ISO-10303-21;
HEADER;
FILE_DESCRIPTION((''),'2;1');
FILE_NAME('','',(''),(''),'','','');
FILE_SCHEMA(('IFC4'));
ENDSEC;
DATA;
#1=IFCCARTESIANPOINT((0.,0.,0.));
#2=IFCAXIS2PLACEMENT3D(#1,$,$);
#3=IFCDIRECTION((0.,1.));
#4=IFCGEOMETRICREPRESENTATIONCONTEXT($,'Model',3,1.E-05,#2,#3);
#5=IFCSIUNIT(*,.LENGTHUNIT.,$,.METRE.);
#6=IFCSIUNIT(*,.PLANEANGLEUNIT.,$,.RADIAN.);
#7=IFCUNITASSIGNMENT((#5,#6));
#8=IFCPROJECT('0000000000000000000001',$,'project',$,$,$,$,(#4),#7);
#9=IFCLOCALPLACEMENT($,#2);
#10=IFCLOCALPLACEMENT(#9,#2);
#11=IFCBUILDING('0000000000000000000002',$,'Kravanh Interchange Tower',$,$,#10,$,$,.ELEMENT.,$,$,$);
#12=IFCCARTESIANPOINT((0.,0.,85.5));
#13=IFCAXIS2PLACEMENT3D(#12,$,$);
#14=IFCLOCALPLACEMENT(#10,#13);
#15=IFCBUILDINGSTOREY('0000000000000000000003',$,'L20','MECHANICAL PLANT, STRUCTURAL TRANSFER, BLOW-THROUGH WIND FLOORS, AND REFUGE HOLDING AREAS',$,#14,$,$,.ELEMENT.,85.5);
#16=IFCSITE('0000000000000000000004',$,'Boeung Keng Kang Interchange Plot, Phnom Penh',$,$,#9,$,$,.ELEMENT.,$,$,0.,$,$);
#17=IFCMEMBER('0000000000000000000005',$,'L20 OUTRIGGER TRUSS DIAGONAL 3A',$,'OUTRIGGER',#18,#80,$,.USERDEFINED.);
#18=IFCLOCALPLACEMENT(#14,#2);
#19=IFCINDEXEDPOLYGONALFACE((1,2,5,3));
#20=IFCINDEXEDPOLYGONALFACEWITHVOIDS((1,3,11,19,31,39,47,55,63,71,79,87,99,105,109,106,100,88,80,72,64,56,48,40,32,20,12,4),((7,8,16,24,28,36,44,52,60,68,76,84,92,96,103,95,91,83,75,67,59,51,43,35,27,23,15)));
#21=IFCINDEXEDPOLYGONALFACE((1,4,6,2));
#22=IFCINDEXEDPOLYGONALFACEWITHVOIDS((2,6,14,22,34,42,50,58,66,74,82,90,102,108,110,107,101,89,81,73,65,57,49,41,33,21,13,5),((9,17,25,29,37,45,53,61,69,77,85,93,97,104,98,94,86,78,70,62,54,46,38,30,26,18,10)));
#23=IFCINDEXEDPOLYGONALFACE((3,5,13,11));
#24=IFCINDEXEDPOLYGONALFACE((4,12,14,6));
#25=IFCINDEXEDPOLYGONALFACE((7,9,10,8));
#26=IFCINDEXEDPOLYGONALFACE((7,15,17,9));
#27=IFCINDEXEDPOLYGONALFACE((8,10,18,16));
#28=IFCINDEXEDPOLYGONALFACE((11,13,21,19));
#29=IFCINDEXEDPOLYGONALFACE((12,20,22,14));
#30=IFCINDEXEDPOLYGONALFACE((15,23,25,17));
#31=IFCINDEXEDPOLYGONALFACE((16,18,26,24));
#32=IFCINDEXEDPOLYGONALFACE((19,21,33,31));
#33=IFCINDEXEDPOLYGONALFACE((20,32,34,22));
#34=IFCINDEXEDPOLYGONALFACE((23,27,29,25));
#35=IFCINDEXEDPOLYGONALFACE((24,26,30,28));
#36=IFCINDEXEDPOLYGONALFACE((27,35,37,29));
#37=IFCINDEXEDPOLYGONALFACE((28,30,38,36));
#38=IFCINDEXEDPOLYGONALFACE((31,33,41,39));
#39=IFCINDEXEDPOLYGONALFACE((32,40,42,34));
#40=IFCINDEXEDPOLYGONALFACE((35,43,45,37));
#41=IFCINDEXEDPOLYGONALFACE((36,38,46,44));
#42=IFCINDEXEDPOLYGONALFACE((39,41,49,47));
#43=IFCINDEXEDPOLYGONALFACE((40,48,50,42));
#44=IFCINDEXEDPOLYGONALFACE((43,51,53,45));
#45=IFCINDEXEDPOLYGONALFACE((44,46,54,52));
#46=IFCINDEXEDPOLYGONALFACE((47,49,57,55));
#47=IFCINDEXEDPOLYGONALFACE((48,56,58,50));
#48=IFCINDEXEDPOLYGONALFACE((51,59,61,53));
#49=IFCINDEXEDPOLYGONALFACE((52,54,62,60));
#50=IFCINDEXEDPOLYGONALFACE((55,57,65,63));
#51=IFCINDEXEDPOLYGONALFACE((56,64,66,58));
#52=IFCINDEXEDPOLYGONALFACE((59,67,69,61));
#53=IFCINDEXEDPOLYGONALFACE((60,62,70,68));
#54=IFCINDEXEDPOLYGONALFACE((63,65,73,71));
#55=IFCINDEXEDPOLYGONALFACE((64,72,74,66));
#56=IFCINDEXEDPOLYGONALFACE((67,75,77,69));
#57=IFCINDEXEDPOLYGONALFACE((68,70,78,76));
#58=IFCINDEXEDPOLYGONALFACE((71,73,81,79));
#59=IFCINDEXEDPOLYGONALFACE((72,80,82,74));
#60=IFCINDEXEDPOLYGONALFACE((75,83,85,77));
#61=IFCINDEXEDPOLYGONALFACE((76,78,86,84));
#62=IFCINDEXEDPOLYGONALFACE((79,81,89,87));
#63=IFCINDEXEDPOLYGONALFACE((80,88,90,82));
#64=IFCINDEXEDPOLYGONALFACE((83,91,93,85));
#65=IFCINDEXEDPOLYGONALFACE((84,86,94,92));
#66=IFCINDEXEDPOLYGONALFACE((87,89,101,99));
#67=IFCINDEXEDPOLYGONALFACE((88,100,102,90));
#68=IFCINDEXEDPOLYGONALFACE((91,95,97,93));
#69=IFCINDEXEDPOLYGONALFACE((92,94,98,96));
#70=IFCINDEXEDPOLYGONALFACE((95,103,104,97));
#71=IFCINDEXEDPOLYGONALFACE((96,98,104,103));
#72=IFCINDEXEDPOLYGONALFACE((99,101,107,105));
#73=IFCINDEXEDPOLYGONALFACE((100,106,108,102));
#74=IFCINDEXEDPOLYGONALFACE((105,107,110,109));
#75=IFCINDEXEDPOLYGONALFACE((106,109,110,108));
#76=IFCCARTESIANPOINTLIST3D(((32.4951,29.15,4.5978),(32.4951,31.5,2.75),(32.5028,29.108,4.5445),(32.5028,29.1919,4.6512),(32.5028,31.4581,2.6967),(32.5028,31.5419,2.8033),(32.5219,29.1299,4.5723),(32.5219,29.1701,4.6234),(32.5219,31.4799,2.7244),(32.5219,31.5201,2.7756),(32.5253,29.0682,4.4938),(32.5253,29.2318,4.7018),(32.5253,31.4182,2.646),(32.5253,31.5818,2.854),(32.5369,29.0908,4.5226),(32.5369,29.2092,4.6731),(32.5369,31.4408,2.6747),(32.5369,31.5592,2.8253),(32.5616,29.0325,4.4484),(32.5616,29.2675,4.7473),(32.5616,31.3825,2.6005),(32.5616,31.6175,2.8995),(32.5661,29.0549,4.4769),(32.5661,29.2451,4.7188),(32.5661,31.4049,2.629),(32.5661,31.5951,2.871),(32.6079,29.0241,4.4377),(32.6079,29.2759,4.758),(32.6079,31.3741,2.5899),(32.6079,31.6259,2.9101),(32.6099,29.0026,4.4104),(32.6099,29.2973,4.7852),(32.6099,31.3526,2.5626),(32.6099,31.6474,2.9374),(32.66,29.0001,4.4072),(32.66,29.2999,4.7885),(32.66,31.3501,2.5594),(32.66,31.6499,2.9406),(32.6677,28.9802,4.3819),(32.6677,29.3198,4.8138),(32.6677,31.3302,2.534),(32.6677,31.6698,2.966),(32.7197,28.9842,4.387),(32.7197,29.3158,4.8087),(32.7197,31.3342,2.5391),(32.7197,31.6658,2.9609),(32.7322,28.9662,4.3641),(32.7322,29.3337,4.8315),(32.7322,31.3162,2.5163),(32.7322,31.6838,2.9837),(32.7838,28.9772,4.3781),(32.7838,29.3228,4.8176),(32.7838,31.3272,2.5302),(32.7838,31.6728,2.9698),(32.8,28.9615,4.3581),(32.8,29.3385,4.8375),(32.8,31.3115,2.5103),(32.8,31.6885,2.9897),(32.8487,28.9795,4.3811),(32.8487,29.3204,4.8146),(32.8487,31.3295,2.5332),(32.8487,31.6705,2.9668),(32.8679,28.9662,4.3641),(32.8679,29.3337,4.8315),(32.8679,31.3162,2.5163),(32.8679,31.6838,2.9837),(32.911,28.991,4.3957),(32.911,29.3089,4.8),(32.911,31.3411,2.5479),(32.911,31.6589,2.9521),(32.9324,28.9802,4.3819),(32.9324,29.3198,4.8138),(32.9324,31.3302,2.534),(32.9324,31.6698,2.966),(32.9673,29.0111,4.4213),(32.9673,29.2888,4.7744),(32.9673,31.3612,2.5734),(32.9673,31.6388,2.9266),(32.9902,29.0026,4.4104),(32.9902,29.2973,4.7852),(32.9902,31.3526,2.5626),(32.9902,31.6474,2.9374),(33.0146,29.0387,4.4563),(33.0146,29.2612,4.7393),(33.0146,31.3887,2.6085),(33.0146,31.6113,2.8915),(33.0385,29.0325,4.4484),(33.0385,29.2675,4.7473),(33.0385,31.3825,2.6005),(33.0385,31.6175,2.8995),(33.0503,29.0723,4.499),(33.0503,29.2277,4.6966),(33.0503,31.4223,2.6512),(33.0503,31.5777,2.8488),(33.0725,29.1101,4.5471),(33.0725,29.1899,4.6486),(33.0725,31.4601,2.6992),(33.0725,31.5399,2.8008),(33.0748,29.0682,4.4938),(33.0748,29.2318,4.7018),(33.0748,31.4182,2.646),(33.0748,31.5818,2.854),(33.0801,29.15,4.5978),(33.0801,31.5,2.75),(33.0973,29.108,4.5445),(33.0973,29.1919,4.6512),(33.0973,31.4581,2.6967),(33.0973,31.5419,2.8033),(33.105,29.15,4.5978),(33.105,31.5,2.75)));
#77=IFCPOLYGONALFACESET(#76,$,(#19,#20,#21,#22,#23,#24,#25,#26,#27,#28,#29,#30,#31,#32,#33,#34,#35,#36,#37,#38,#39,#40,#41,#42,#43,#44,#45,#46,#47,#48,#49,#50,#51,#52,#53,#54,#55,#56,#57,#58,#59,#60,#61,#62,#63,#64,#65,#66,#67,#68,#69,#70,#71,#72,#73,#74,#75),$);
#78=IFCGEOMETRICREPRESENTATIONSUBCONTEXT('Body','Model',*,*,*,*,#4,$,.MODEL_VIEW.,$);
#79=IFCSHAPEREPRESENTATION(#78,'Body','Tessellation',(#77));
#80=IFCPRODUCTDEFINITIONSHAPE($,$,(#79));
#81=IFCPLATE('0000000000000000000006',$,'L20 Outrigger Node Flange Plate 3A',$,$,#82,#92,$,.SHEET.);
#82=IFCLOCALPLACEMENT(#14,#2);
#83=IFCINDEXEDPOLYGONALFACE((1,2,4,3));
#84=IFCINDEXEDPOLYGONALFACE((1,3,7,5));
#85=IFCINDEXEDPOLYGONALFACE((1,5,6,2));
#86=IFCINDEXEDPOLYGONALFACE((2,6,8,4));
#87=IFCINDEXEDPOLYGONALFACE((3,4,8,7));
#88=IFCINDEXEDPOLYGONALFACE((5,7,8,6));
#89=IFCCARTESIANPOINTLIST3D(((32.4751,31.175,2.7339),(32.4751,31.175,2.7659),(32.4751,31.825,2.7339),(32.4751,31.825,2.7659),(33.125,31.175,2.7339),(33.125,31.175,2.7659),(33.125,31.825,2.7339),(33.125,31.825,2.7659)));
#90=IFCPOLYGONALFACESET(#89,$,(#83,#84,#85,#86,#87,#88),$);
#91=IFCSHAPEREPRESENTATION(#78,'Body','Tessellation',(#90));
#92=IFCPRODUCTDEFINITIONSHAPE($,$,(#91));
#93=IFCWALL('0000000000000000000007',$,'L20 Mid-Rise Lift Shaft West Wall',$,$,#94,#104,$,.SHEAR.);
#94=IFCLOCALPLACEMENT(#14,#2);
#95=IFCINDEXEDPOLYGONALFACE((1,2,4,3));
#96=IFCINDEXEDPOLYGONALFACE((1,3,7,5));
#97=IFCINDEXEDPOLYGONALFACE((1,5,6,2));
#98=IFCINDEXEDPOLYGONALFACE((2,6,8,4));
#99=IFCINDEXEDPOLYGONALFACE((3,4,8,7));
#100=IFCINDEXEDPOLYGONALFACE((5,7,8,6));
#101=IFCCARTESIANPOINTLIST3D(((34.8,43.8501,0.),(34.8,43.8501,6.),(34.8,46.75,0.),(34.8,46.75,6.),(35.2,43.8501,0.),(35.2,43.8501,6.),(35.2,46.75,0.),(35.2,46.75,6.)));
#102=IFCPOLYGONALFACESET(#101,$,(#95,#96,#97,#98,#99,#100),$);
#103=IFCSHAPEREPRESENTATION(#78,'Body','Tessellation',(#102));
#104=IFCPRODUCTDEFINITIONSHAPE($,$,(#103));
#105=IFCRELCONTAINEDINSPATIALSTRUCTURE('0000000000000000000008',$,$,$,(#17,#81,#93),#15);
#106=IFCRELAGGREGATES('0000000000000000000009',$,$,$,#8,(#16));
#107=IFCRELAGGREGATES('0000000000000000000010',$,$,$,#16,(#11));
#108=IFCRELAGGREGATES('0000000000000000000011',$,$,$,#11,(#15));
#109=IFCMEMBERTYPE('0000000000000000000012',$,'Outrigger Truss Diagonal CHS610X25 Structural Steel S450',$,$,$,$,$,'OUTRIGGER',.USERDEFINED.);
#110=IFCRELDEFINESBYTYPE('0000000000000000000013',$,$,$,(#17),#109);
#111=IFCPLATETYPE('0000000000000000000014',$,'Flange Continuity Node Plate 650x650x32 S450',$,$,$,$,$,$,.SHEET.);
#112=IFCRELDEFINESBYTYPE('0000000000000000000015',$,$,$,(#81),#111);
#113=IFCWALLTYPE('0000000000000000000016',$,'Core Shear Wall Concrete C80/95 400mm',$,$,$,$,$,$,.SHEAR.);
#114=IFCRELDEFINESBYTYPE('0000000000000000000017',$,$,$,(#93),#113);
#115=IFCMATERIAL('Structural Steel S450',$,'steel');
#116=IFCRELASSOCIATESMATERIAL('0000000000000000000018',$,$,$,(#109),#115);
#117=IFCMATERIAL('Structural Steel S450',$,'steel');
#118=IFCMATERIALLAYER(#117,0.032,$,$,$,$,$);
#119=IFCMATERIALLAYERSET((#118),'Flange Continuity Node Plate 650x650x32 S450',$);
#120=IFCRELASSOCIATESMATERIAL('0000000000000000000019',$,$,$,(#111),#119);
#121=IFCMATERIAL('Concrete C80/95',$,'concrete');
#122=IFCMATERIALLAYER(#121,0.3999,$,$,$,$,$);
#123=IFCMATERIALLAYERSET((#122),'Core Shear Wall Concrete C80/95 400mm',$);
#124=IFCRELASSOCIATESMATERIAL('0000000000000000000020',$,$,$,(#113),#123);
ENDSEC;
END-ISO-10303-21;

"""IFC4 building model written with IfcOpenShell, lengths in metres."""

from ifc_helpers import new_model, si_unit, direction, frame, frame_2d, origin, origin_2d, place, context, subcontext, project, spatial, rectangle, hollow_circle, extrude, material, layer, layer_set, material_profile, profile_set, type_object, element, save


model = new_model("IFC4")

# Units and contexts
model_context = context("Model", 3, precision=1e-05, world=origin(), true_north=direction((0.0, 1.0)))
body_context = subcontext(model_context, "Body", "Model", "MODEL_VIEW")
ifc_project = project(units=[si_unit("LENGTHUNIT", "METRE"), si_unit("PLANEANGLEUNIT", "RADIAN")], contexts=[model_context])

# Site, building, storey
site_placement = place(None, origin())
site = spatial("IfcSite", under=ifc_project, at=site_placement, Name="Boeung Keng Kang Interchange Plot, Phnom Penh", CompositionType="ELEMENT", RefElevation=0.0)
building_placement = place(site_placement, origin())
building = spatial("IfcBuilding", under=site, at=building_placement, Name="Kravanh Interchange Tower", CompositionType="ELEMENT")
storey_placement = place(building_placement, frame((0.0, 0.0, 85.5)))
storey = spatial("IfcBuildingStorey", under=building, at=storey_placement, Name="L20", Description="MECHANICAL PLANT, STRUCTURAL TRANSFER, BLOW-THROUGH WIND FLOORS, AND REFUGE HOLDING AREAS", CompositionType="ELEMENT", Elevation=85.5)

# Member
ifc_material_1 = material(Name="Structural Steel S450", Category="steel")
ifc_material_profile_1 = material_profile(ifc_material_1, hollow_circle(Radius=0.3049, WallThickness=0.0249, at=origin_2d()), Name="CHS610X25")
ifc_profile_set_1 = profile_set([ifc_material_profile_1], Name="Structural Steel S450")
member_type_1 = type_object("IfcMemberType", Name="Outrigger Truss Diagonal CHS610X25 Structural Steel S450", ElementType="OUTRIGGER", PredefinedType="USERDEFINED", material=ifc_profile_set_1)
member_1_placement = place(storey_placement, frame((32.8, 31.5, 2.75), z_axis=(0.0, -0.786092, 0.61811), x_axis=(1.0, 0.0, 0.0)))
element("IfcMember", 1, at=member_1_placement, inside=storey, type_object=member_type_1, Name="L20 OUTRIGGER TRUSS DIAGONAL 3A", ObjectType="OUTRIGGER", PredefinedType="USERDEFINED", context=body_context, shape_type="SweptSolid", body=[
    extrude(hollow_circle(Radius=0.3049, WallThickness=0.0249, at=origin_2d()), origin(), (0.0, 0.0, 1.0), 2.9895),
])

# Plate
ifc_material_2 = material(Name="Structural Steel S450", Category="steel")
ifc_layer_1 = layer(ifc_material_2, 0.032)
ifc_layer_set_1 = layer_set([ifc_layer_1], Name="Flange Continuity Node Plate 650x650x32 S450")
plate_type = type_object("IfcPlateType", Name="Flange Continuity Node Plate 650x650x32 S450", PredefinedType="SHEET", material=ifc_layer_set_1)
plate_placement = place(storey_placement, frame((32.8, 31.5, 2.7339), z_axis=(0.0, 0.0, 1.0), x_axis=(1.0, 0.0, 0.0)))
element("IfcPlate", 2, at=plate_placement, inside=storey, type_object=plate_type, Name="L20 Outrigger Node Flange Plate 3A", PredefinedType="SHEET", context=body_context, shape_type="SweptSolid", body=[
    extrude(rectangle(XDim=0.6499, YDim=0.6499, at=origin_2d()), origin(), (0.0, 0.0, 1.0), 0.032),
])

# Wall
ifc_material_3 = material(Name="Concrete C80/95", Category="concrete")
ifc_layer_2 = layer(ifc_material_3, 0.3999)
ifc_layer_set_2 = layer_set([ifc_layer_2], Name="Core Shear Wall Concrete C80/95 400mm")
wall_type_1 = type_object("IfcWallType", Name="Core Shear Wall Concrete C80/95 400mm", PredefinedType="SHEAR", material=ifc_layer_set_2)
wall_1_placement = place(storey_placement, frame((35.0, 43.8501, 0.0), z_axis=(0.0, 0.0, 1.0), x_axis=(0.0, 1.0, 0.0)))
element("IfcWall", 3, at=wall_1_placement, inside=storey, type_object=wall_type_1, Name="L20 Mid-Rise Lift Shaft West Wall", PredefinedType="SHEAR", context=body_context, shape_type="SweptSolid", body=[
    extrude(rectangle(XDim=2.8999, YDim=0.3999, at=frame_2d((1.45, 0.0))), origin(), (0.0, 0.0, 1.0), 6.0),
])

save(model, "model.ifc")
